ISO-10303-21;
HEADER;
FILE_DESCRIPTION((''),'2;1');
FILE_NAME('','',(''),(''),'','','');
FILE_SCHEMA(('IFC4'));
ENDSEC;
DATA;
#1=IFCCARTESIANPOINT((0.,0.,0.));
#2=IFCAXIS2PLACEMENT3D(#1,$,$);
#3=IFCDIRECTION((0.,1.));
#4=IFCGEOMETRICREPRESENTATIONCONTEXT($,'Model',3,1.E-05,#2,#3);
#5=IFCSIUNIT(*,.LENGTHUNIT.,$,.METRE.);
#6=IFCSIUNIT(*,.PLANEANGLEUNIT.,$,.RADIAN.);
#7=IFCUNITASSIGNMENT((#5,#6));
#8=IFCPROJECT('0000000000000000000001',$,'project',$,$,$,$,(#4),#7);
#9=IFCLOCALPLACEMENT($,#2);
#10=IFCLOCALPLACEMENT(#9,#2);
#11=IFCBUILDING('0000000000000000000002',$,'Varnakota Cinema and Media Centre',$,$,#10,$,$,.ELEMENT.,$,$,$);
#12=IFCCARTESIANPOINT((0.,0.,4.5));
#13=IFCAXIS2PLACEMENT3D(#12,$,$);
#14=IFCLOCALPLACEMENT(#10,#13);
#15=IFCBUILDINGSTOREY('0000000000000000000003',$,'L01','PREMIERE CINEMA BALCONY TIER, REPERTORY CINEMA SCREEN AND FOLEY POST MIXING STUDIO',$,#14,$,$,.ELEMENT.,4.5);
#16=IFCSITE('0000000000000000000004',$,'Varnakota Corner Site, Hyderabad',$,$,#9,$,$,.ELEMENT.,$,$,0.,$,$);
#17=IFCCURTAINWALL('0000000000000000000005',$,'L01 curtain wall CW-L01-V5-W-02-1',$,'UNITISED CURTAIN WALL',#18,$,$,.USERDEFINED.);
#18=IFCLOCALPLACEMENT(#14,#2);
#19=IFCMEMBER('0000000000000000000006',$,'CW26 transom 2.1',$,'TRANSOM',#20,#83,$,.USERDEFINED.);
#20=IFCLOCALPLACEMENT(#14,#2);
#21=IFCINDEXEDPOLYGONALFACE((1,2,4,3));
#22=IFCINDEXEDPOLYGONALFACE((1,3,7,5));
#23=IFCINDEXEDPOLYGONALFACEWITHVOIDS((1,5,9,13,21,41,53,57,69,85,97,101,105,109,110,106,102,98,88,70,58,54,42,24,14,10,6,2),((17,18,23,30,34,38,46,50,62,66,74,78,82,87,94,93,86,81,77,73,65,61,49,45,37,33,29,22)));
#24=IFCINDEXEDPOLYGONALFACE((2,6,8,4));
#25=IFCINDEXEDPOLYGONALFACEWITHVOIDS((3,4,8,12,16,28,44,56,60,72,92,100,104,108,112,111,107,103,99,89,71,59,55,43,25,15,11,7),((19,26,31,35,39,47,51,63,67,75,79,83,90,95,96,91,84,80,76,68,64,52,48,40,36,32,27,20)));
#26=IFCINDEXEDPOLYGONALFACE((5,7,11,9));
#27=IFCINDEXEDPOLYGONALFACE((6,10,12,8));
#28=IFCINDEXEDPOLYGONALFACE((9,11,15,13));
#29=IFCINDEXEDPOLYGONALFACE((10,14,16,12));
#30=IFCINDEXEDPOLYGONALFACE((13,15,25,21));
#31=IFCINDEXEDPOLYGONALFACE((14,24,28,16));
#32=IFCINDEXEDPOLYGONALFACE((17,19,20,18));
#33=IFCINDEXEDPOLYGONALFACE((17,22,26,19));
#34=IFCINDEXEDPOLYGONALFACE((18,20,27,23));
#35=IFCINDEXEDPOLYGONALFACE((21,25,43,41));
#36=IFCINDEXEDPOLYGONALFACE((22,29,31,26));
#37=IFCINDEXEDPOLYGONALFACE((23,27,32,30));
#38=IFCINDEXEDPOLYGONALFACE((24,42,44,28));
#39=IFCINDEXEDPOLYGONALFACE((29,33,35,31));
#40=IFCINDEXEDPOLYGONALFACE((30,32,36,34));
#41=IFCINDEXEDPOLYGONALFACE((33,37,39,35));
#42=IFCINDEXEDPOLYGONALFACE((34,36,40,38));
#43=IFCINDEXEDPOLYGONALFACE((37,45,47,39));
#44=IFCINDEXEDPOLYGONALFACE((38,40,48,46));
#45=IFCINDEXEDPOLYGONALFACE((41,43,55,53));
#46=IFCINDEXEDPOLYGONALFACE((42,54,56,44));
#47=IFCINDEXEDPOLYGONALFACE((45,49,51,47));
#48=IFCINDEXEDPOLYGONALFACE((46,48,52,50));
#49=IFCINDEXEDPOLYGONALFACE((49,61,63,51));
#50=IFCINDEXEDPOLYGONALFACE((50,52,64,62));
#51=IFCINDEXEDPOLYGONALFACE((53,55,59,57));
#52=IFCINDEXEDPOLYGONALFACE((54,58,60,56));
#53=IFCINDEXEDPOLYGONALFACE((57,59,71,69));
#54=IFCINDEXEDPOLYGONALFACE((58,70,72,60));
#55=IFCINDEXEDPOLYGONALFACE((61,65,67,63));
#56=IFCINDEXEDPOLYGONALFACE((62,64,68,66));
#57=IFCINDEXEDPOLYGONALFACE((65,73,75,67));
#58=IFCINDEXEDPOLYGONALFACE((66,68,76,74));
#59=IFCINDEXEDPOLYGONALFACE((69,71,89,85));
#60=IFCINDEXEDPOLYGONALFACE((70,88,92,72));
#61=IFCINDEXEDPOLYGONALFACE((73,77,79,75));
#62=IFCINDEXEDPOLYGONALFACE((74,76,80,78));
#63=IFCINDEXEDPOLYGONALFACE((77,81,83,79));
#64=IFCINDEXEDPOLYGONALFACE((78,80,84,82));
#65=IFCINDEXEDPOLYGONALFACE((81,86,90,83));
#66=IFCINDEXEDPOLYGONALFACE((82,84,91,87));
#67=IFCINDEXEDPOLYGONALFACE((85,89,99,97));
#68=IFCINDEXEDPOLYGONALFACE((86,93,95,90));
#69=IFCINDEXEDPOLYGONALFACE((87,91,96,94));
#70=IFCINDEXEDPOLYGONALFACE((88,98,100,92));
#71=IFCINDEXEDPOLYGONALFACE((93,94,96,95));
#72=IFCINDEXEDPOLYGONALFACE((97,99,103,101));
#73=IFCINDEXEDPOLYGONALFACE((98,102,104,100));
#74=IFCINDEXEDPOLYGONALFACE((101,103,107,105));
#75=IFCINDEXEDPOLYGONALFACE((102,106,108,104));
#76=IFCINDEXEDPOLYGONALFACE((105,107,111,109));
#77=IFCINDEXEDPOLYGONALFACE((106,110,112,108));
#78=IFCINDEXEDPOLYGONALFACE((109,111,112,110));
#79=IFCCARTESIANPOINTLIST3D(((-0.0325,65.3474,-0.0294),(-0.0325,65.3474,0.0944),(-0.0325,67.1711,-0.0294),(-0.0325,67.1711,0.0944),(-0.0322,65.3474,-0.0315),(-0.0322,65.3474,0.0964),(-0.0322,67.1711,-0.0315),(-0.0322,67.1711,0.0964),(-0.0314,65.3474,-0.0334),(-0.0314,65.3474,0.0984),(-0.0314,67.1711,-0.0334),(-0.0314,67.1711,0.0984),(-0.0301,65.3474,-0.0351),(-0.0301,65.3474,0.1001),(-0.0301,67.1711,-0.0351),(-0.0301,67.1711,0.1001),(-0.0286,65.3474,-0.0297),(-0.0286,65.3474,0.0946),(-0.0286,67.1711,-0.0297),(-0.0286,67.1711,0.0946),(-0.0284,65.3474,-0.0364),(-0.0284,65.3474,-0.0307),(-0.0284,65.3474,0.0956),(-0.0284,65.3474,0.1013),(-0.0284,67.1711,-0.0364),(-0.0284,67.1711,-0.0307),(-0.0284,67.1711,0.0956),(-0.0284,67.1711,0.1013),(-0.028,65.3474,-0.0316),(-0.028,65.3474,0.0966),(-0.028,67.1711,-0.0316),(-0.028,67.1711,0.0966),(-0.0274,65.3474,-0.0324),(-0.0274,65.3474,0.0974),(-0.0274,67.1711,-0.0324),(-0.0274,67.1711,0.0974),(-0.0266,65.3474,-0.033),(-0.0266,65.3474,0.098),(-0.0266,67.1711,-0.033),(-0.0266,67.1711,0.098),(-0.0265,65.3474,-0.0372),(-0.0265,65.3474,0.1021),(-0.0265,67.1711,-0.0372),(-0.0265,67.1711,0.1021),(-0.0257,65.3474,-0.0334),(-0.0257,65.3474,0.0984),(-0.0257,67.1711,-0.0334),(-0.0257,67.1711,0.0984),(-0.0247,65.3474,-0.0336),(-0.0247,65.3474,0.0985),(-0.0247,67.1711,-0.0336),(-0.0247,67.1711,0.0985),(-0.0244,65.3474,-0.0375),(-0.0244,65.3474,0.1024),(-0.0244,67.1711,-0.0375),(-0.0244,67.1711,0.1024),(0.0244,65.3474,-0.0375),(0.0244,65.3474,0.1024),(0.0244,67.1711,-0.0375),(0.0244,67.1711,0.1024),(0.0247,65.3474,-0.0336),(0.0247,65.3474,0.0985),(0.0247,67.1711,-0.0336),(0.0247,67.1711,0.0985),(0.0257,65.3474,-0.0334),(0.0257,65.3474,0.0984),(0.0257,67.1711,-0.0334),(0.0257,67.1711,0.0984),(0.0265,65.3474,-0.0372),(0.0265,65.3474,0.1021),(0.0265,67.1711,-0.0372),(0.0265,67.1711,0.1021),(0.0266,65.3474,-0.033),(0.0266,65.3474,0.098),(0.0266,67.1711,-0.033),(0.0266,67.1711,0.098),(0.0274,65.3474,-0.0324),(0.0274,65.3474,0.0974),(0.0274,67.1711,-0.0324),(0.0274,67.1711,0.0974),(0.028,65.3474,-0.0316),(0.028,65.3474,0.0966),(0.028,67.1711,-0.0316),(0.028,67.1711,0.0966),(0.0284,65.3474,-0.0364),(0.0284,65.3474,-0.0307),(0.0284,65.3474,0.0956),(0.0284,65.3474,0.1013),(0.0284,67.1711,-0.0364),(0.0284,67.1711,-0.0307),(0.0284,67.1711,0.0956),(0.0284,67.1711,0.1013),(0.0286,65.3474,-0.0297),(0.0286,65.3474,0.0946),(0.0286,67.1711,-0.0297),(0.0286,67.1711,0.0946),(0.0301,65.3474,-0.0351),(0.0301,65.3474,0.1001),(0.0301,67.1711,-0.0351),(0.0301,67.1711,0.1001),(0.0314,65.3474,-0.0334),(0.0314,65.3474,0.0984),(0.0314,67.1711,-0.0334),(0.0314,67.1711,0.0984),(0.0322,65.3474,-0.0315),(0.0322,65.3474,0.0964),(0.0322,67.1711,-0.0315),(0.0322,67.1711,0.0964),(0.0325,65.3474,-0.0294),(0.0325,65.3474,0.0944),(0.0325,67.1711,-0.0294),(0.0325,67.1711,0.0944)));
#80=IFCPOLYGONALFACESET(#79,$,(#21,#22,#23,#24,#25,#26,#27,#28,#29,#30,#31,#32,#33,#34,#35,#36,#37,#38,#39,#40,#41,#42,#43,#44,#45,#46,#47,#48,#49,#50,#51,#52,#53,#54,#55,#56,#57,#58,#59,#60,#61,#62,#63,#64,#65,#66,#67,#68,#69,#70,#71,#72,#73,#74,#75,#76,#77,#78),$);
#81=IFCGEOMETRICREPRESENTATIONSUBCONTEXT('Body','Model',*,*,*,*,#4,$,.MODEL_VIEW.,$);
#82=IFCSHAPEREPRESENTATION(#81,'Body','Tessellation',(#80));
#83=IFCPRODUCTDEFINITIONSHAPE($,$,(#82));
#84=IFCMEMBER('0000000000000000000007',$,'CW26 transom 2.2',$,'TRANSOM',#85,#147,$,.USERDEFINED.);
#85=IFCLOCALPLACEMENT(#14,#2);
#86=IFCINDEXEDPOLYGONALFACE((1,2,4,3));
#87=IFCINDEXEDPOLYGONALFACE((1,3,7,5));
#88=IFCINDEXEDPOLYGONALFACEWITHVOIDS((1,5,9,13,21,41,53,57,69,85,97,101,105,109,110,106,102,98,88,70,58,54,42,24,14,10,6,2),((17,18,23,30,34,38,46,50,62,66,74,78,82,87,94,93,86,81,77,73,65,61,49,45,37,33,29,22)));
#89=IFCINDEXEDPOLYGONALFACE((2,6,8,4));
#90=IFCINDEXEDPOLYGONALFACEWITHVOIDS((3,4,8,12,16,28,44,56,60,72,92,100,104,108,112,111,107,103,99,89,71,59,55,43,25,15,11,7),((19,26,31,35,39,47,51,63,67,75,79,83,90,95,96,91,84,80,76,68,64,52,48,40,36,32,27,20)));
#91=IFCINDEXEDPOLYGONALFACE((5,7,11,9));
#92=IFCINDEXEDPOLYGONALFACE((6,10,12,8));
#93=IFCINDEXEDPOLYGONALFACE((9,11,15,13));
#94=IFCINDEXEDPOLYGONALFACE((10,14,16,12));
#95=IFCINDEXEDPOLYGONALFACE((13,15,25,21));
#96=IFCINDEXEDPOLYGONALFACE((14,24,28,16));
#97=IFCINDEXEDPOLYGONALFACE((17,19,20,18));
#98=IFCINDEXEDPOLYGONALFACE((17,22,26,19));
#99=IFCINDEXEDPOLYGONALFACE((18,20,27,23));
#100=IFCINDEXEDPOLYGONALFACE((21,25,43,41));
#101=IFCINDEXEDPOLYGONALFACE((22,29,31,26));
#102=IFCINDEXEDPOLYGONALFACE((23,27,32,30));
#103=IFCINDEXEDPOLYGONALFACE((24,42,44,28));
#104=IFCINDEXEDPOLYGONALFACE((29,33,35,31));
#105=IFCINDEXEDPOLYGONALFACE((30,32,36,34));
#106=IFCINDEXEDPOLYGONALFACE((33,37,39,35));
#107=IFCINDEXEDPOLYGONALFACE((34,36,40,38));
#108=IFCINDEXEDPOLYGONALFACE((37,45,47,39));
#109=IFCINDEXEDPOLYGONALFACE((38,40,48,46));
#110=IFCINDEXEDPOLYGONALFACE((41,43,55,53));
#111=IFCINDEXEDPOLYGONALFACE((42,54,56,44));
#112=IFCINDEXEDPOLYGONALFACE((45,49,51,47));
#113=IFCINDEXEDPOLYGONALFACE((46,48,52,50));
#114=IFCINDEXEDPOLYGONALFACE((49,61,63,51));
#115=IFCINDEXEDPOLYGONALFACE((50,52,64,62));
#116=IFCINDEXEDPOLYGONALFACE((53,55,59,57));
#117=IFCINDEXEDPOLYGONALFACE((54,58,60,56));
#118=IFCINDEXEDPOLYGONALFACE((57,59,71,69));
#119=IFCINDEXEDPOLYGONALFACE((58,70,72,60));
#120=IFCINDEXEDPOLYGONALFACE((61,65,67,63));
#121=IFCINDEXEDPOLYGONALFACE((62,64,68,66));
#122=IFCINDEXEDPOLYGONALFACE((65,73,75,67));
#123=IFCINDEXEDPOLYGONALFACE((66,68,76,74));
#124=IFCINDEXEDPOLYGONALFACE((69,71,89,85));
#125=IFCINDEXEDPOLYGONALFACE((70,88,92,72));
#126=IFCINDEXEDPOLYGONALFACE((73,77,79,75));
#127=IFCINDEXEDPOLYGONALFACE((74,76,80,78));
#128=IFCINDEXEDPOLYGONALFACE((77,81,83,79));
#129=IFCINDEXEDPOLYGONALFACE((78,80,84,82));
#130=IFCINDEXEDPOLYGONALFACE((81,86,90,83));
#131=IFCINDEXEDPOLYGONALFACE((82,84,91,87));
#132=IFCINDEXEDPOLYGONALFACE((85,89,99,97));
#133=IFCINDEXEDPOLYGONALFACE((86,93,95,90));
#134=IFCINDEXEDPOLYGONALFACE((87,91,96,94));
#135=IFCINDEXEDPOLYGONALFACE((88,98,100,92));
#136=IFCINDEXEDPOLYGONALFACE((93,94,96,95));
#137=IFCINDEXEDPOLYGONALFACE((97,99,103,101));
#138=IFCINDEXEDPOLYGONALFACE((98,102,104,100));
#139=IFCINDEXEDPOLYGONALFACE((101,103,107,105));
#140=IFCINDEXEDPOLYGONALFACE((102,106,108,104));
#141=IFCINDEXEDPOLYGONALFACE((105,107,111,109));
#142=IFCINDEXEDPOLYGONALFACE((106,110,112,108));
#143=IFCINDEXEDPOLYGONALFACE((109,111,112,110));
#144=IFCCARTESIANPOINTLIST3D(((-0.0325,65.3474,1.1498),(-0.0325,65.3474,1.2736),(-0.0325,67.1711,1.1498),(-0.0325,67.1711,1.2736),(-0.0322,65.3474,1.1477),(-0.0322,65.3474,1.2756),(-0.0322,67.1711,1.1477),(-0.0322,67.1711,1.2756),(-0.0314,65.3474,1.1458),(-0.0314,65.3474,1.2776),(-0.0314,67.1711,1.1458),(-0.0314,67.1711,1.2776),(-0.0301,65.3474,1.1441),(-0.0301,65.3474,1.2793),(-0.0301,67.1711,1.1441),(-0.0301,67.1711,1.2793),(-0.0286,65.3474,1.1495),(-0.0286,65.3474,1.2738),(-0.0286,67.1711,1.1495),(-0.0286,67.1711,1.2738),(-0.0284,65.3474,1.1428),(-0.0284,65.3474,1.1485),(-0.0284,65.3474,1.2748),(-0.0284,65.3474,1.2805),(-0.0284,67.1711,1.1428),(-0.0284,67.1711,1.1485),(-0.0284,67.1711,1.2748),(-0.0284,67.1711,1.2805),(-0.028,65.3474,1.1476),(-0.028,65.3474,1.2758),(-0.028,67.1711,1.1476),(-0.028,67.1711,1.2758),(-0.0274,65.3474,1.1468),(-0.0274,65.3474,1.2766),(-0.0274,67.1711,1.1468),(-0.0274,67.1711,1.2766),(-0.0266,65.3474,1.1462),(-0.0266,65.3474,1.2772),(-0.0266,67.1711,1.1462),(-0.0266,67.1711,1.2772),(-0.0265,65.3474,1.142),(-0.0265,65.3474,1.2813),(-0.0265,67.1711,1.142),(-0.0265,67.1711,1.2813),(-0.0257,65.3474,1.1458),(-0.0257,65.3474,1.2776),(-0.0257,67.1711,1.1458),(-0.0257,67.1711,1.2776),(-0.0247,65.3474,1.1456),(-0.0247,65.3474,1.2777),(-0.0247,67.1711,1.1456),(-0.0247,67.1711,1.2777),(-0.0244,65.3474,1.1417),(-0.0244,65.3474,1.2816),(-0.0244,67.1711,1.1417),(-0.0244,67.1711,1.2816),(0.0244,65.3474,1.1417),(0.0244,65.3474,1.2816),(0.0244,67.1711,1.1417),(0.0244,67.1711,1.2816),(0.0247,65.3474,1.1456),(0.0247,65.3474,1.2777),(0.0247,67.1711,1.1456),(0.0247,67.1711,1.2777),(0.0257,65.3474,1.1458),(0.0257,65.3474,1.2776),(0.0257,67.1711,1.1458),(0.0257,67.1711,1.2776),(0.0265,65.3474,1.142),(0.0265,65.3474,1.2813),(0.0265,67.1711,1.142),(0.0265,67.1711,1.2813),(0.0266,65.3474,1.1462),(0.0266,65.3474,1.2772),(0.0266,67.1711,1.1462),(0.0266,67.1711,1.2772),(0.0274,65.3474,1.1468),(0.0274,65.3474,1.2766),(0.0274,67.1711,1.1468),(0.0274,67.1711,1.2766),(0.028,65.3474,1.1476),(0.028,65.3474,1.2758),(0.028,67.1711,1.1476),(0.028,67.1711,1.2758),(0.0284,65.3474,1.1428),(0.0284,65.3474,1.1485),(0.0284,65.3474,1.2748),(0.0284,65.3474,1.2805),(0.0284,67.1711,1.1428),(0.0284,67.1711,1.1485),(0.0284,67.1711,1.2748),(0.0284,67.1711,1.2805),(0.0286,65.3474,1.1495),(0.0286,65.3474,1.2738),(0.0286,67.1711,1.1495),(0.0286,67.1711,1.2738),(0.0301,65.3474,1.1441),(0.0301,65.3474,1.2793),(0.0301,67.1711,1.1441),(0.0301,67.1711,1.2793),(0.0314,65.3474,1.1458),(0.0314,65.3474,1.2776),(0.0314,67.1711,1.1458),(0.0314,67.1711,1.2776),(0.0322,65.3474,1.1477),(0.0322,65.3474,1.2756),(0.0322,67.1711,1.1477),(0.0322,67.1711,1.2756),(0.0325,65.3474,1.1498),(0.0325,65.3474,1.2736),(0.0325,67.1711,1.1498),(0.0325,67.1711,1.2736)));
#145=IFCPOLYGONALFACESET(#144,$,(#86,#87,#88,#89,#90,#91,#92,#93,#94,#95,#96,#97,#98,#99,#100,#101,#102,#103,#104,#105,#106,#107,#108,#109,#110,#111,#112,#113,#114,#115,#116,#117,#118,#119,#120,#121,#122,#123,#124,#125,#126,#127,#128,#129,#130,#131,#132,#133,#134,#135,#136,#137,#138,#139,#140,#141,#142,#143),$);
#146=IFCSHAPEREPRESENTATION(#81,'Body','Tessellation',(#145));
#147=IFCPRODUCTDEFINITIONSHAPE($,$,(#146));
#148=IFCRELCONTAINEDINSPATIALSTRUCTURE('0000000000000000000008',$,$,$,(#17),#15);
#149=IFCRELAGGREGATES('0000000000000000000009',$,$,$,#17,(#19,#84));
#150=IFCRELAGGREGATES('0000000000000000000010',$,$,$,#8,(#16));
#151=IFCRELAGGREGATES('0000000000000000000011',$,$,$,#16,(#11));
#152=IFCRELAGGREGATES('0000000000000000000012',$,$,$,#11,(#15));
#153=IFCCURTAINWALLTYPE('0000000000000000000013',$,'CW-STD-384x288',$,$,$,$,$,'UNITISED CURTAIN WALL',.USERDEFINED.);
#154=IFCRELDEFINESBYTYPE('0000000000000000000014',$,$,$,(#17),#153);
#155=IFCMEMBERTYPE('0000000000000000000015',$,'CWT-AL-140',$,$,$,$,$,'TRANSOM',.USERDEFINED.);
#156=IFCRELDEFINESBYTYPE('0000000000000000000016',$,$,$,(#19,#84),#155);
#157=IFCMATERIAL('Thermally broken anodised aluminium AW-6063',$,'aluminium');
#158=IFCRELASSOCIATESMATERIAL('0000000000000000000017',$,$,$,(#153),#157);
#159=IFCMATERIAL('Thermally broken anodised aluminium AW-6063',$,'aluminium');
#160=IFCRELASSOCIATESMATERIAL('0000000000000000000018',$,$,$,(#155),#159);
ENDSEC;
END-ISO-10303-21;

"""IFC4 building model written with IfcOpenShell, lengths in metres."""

from ifc_helpers import new_model, si_unit, direction, frame, origin, origin_2d, place, context, subcontext, project, spatial, hollow_rectangle, extrude, material, material_profile, profile_set, type_object, element, aggregate, save


model = new_model("IFC4")

# Units and contexts
model_context = context("Model", 3, precision=1e-05, world=origin(), true_north=direction((0.0, 1.0)))
body_context = subcontext(model_context, "Body", "Model", "MODEL_VIEW")
ifc_project = project(units=[si_unit("LENGTHUNIT", "METRE"), si_unit("PLANEANGLEUNIT", "RADIAN")], contexts=[model_context])

# Site, building, storey
site_placement = place(None, origin())
site = spatial("IfcSite", under=ifc_project, at=site_placement, Name="Varnakota Corner Site, Hyderabad", CompositionType="ELEMENT", RefElevation=0.0)
building_placement = place(site_placement, origin())
building = spatial("IfcBuilding", under=site, at=building_placement, Name="Varnakota Cinema and Media Centre", CompositionType="ELEMENT")
storey_placement = place(building_placement, frame((0.0, 0.0, 4.5)))
storey = spatial("IfcBuildingStorey", under=building, at=storey_placement, Name="L01", Description="PREMIERE CINEMA BALCONY TIER, REPERTORY CINEMA SCREEN AND FOLEY POST MIXING STUDIO", CompositionType="ELEMENT", Elevation=4.5)

# Curtain wall
ifc_material_1 = material(Name="Thermally broken anodised aluminium AW-6063", Category="aluminium")
curtain_wall_type = type_object("IfcCurtainWallType", Name="CW-STD-384x288", ElementType="UNITISED CURTAIN WALL", PredefinedType="USERDEFINED", material=ifc_material_1)
curtain_wall_1_placement = place(storey_placement, origin())
curtain_wall_1 = element("IfcCurtainWall", 1, at=curtain_wall_1_placement, inside=storey, type_object=curtain_wall_type, Name="L01 curtain wall CW-L01-V5-W-02-1", ObjectType="UNITISED CURTAIN WALL", PredefinedType="USERDEFINED")

# Members
ifc_material_2 = material(Name="Thermally broken anodised aluminium AW-6063", Category="aluminium")
ifc_material_profile_1 = material_profile(ifc_material_2, hollow_rectangle(XDim=0.0649, YDim=0.1399, WallThickness=0.0039, InnerFilletRadius=0.0039, OuterFilletRadius=0.0081, at=origin_2d()), Name="AL-TRANSOM 140x65x4")
ifc_profile_set_1 = profile_set([ifc_material_profile_1], Name="Thermally broken anodised aluminium AW-6063")
member_type_1 = type_object("IfcMemberType", Name="CWT-AL-140", ElementType="TRANSOM", PredefinedType="USERDEFINED", material=ifc_profile_set_1)
member_1_placement = place(storey_placement, frame((0.0, 67.1711, 0.0325), z_axis=(0.0, -1.0, 0.0), x_axis=(1.0, 0.0, 0.0)))
member_1 = element("IfcMember", 2, at=member_1_placement, type_object=member_type_1, Name="CW26 transom 2.1", ObjectType="TRANSOM", PredefinedType="USERDEFINED", context=body_context, shape_type="SweptSolid", body=[
    extrude(hollow_rectangle(XDim=0.0649, YDim=0.1399, WallThickness=0.0039, InnerFilletRadius=0.0039, OuterFilletRadius=0.0081, at=origin_2d()), origin(), (0.0, 0.0, 1.0), 1.8237),
])
member_2_placement = place(storey_placement, frame((0.0, 67.1711, 1.2117), z_axis=(0.0, -1.0, 0.0), x_axis=(1.0, 0.0, 0.0)))
member_2 = element("IfcMember", 3, at=member_2_placement, type_object=member_type_1, Name="CW26 transom 2.2", ObjectType="TRANSOM", PredefinedType="USERDEFINED", context=body_context, shape_type="SweptSolid", body=[
    extrude(hollow_rectangle(XDim=0.0649, YDim=0.1399, WallThickness=0.0039, InnerFilletRadius=0.0039, OuterFilletRadius=0.0081, at=origin_2d()), origin(), (0.0, 0.0, 1.0), 1.8237),
])

aggregate(curtain_wall_1, [member_1, member_2])

save(model, "model.ifc")
